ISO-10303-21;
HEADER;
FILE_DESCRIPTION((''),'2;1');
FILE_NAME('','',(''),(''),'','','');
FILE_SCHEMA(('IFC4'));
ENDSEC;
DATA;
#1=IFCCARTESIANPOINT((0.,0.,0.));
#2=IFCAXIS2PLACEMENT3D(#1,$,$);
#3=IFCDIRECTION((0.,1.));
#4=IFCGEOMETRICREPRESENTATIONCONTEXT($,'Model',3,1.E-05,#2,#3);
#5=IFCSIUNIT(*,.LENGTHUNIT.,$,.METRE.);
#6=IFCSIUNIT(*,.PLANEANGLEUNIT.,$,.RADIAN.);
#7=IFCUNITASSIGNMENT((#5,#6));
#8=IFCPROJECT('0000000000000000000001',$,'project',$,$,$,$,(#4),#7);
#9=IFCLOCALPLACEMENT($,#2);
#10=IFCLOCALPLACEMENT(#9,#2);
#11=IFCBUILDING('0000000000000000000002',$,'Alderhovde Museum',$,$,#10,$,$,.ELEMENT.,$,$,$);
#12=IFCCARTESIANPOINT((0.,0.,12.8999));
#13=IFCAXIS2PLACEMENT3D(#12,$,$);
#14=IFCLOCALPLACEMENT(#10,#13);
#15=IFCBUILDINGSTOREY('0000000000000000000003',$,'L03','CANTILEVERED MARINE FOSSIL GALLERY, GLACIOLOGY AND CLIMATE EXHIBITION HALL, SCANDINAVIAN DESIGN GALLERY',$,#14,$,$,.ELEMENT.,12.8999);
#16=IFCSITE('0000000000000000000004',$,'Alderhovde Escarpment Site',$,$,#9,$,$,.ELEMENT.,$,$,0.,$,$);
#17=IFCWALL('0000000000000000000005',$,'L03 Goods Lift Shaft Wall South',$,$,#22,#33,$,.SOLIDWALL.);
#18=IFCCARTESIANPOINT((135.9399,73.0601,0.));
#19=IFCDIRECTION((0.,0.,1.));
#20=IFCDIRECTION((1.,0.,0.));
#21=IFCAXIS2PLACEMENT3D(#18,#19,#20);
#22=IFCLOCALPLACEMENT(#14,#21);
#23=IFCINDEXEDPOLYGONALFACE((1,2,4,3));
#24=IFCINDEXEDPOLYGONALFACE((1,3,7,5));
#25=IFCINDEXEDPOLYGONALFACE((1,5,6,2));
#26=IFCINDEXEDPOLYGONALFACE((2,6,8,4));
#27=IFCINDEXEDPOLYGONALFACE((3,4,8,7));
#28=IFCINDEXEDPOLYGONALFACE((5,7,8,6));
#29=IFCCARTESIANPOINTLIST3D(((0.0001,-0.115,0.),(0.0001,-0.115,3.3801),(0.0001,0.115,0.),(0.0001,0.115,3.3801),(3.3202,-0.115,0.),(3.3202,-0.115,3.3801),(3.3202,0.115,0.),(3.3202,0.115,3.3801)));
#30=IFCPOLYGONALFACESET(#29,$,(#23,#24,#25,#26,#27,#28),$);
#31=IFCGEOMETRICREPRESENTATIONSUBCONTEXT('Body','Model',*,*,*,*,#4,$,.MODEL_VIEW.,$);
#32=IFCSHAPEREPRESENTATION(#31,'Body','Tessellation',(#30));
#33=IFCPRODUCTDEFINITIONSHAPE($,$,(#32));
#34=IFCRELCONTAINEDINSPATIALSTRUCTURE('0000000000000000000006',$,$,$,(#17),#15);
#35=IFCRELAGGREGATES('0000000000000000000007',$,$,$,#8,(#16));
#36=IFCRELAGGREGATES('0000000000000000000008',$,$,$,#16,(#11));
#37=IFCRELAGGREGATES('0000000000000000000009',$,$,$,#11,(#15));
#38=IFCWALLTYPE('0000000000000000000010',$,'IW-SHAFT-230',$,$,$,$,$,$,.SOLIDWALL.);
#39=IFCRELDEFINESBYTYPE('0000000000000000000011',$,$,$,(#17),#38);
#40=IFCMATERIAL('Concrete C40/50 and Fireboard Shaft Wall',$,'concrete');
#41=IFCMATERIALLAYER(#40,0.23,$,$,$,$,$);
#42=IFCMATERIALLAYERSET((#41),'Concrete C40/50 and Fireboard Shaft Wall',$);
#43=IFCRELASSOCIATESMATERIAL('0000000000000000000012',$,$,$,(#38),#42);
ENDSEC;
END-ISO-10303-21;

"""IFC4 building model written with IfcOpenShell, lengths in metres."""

from ifc_helpers import new_model, si_unit, direction, frame, frame_2d, origin, place, context, subcontext, project, spatial, rectangle, extrude, material, layer, layer_set, type_object, element, save


model = new_model("IFC4")

# Units and contexts
model_context = context("Model", 3, precision=1e-05, world=origin(), true_north=direction((0.0, 1.0)))
body_context = subcontext(model_context, "Body", "Model", "MODEL_VIEW")
ifc_project = project(units=[si_unit("LENGTHUNIT", "METRE"), si_unit("PLANEANGLEUNIT", "RADIAN")], contexts=[model_context])

# Site, building, storey
site_placement = place(None, origin())
site = spatial("IfcSite", under=ifc_project, at=site_placement, Name="Alderhovde Escarpment Site", CompositionType="ELEMENT", RefElevation=0.0)
building_placement = place(site_placement, origin())
building = spatial("IfcBuilding", under=site, at=building_placement, Name="Alderhovde Museum", CompositionType="ELEMENT")
storey_placement = place(building_placement, frame((0.0, 0.0, 12.8999)))
storey = spatial("IfcBuildingStorey", under=building, at=storey_placement, Name="L03", Description="CANTILEVERED MARINE FOSSIL GALLERY, GLACIOLOGY AND CLIMATE EXHIBITION HALL, SCANDINAVIAN DESIGN GALLERY", CompositionType="ELEMENT", Elevation=12.8999)

# Wall
ifc_material_1 = material(Name="Concrete C40/50 and Fireboard Shaft Wall", Category="concrete")
ifc_layer_1 = layer(ifc_material_1, 0.23)
ifc_layer_set_1 = layer_set([ifc_layer_1], Name="Concrete C40/50 and Fireboard Shaft Wall")
wall_type_1 = type_object("IfcWallType", Name="IW-SHAFT-230", PredefinedType="SOLIDWALL", material=ifc_layer_set_1)
wall_1_placement = place(storey_placement, frame((135.9399, 73.0601, 0.0), z_axis=(0.0, 0.0, 1.0), x_axis=(1.0, 0.0, 0.0)))
element("IfcWall", 1, at=wall_1_placement, inside=storey, type_object=wall_type_1, Name="L03 Goods Lift Shaft Wall South", PredefinedType="SOLIDWALL", context=body_context, shape_type="SweptSolid", body=[
    extrude(rectangle(XDim=3.3201, YDim=0.23, at=frame_2d((1.6602, 0.0))), origin(), (0.0, 0.0, 1.0), 3.3801),
])

save(model, "model.ifc")
